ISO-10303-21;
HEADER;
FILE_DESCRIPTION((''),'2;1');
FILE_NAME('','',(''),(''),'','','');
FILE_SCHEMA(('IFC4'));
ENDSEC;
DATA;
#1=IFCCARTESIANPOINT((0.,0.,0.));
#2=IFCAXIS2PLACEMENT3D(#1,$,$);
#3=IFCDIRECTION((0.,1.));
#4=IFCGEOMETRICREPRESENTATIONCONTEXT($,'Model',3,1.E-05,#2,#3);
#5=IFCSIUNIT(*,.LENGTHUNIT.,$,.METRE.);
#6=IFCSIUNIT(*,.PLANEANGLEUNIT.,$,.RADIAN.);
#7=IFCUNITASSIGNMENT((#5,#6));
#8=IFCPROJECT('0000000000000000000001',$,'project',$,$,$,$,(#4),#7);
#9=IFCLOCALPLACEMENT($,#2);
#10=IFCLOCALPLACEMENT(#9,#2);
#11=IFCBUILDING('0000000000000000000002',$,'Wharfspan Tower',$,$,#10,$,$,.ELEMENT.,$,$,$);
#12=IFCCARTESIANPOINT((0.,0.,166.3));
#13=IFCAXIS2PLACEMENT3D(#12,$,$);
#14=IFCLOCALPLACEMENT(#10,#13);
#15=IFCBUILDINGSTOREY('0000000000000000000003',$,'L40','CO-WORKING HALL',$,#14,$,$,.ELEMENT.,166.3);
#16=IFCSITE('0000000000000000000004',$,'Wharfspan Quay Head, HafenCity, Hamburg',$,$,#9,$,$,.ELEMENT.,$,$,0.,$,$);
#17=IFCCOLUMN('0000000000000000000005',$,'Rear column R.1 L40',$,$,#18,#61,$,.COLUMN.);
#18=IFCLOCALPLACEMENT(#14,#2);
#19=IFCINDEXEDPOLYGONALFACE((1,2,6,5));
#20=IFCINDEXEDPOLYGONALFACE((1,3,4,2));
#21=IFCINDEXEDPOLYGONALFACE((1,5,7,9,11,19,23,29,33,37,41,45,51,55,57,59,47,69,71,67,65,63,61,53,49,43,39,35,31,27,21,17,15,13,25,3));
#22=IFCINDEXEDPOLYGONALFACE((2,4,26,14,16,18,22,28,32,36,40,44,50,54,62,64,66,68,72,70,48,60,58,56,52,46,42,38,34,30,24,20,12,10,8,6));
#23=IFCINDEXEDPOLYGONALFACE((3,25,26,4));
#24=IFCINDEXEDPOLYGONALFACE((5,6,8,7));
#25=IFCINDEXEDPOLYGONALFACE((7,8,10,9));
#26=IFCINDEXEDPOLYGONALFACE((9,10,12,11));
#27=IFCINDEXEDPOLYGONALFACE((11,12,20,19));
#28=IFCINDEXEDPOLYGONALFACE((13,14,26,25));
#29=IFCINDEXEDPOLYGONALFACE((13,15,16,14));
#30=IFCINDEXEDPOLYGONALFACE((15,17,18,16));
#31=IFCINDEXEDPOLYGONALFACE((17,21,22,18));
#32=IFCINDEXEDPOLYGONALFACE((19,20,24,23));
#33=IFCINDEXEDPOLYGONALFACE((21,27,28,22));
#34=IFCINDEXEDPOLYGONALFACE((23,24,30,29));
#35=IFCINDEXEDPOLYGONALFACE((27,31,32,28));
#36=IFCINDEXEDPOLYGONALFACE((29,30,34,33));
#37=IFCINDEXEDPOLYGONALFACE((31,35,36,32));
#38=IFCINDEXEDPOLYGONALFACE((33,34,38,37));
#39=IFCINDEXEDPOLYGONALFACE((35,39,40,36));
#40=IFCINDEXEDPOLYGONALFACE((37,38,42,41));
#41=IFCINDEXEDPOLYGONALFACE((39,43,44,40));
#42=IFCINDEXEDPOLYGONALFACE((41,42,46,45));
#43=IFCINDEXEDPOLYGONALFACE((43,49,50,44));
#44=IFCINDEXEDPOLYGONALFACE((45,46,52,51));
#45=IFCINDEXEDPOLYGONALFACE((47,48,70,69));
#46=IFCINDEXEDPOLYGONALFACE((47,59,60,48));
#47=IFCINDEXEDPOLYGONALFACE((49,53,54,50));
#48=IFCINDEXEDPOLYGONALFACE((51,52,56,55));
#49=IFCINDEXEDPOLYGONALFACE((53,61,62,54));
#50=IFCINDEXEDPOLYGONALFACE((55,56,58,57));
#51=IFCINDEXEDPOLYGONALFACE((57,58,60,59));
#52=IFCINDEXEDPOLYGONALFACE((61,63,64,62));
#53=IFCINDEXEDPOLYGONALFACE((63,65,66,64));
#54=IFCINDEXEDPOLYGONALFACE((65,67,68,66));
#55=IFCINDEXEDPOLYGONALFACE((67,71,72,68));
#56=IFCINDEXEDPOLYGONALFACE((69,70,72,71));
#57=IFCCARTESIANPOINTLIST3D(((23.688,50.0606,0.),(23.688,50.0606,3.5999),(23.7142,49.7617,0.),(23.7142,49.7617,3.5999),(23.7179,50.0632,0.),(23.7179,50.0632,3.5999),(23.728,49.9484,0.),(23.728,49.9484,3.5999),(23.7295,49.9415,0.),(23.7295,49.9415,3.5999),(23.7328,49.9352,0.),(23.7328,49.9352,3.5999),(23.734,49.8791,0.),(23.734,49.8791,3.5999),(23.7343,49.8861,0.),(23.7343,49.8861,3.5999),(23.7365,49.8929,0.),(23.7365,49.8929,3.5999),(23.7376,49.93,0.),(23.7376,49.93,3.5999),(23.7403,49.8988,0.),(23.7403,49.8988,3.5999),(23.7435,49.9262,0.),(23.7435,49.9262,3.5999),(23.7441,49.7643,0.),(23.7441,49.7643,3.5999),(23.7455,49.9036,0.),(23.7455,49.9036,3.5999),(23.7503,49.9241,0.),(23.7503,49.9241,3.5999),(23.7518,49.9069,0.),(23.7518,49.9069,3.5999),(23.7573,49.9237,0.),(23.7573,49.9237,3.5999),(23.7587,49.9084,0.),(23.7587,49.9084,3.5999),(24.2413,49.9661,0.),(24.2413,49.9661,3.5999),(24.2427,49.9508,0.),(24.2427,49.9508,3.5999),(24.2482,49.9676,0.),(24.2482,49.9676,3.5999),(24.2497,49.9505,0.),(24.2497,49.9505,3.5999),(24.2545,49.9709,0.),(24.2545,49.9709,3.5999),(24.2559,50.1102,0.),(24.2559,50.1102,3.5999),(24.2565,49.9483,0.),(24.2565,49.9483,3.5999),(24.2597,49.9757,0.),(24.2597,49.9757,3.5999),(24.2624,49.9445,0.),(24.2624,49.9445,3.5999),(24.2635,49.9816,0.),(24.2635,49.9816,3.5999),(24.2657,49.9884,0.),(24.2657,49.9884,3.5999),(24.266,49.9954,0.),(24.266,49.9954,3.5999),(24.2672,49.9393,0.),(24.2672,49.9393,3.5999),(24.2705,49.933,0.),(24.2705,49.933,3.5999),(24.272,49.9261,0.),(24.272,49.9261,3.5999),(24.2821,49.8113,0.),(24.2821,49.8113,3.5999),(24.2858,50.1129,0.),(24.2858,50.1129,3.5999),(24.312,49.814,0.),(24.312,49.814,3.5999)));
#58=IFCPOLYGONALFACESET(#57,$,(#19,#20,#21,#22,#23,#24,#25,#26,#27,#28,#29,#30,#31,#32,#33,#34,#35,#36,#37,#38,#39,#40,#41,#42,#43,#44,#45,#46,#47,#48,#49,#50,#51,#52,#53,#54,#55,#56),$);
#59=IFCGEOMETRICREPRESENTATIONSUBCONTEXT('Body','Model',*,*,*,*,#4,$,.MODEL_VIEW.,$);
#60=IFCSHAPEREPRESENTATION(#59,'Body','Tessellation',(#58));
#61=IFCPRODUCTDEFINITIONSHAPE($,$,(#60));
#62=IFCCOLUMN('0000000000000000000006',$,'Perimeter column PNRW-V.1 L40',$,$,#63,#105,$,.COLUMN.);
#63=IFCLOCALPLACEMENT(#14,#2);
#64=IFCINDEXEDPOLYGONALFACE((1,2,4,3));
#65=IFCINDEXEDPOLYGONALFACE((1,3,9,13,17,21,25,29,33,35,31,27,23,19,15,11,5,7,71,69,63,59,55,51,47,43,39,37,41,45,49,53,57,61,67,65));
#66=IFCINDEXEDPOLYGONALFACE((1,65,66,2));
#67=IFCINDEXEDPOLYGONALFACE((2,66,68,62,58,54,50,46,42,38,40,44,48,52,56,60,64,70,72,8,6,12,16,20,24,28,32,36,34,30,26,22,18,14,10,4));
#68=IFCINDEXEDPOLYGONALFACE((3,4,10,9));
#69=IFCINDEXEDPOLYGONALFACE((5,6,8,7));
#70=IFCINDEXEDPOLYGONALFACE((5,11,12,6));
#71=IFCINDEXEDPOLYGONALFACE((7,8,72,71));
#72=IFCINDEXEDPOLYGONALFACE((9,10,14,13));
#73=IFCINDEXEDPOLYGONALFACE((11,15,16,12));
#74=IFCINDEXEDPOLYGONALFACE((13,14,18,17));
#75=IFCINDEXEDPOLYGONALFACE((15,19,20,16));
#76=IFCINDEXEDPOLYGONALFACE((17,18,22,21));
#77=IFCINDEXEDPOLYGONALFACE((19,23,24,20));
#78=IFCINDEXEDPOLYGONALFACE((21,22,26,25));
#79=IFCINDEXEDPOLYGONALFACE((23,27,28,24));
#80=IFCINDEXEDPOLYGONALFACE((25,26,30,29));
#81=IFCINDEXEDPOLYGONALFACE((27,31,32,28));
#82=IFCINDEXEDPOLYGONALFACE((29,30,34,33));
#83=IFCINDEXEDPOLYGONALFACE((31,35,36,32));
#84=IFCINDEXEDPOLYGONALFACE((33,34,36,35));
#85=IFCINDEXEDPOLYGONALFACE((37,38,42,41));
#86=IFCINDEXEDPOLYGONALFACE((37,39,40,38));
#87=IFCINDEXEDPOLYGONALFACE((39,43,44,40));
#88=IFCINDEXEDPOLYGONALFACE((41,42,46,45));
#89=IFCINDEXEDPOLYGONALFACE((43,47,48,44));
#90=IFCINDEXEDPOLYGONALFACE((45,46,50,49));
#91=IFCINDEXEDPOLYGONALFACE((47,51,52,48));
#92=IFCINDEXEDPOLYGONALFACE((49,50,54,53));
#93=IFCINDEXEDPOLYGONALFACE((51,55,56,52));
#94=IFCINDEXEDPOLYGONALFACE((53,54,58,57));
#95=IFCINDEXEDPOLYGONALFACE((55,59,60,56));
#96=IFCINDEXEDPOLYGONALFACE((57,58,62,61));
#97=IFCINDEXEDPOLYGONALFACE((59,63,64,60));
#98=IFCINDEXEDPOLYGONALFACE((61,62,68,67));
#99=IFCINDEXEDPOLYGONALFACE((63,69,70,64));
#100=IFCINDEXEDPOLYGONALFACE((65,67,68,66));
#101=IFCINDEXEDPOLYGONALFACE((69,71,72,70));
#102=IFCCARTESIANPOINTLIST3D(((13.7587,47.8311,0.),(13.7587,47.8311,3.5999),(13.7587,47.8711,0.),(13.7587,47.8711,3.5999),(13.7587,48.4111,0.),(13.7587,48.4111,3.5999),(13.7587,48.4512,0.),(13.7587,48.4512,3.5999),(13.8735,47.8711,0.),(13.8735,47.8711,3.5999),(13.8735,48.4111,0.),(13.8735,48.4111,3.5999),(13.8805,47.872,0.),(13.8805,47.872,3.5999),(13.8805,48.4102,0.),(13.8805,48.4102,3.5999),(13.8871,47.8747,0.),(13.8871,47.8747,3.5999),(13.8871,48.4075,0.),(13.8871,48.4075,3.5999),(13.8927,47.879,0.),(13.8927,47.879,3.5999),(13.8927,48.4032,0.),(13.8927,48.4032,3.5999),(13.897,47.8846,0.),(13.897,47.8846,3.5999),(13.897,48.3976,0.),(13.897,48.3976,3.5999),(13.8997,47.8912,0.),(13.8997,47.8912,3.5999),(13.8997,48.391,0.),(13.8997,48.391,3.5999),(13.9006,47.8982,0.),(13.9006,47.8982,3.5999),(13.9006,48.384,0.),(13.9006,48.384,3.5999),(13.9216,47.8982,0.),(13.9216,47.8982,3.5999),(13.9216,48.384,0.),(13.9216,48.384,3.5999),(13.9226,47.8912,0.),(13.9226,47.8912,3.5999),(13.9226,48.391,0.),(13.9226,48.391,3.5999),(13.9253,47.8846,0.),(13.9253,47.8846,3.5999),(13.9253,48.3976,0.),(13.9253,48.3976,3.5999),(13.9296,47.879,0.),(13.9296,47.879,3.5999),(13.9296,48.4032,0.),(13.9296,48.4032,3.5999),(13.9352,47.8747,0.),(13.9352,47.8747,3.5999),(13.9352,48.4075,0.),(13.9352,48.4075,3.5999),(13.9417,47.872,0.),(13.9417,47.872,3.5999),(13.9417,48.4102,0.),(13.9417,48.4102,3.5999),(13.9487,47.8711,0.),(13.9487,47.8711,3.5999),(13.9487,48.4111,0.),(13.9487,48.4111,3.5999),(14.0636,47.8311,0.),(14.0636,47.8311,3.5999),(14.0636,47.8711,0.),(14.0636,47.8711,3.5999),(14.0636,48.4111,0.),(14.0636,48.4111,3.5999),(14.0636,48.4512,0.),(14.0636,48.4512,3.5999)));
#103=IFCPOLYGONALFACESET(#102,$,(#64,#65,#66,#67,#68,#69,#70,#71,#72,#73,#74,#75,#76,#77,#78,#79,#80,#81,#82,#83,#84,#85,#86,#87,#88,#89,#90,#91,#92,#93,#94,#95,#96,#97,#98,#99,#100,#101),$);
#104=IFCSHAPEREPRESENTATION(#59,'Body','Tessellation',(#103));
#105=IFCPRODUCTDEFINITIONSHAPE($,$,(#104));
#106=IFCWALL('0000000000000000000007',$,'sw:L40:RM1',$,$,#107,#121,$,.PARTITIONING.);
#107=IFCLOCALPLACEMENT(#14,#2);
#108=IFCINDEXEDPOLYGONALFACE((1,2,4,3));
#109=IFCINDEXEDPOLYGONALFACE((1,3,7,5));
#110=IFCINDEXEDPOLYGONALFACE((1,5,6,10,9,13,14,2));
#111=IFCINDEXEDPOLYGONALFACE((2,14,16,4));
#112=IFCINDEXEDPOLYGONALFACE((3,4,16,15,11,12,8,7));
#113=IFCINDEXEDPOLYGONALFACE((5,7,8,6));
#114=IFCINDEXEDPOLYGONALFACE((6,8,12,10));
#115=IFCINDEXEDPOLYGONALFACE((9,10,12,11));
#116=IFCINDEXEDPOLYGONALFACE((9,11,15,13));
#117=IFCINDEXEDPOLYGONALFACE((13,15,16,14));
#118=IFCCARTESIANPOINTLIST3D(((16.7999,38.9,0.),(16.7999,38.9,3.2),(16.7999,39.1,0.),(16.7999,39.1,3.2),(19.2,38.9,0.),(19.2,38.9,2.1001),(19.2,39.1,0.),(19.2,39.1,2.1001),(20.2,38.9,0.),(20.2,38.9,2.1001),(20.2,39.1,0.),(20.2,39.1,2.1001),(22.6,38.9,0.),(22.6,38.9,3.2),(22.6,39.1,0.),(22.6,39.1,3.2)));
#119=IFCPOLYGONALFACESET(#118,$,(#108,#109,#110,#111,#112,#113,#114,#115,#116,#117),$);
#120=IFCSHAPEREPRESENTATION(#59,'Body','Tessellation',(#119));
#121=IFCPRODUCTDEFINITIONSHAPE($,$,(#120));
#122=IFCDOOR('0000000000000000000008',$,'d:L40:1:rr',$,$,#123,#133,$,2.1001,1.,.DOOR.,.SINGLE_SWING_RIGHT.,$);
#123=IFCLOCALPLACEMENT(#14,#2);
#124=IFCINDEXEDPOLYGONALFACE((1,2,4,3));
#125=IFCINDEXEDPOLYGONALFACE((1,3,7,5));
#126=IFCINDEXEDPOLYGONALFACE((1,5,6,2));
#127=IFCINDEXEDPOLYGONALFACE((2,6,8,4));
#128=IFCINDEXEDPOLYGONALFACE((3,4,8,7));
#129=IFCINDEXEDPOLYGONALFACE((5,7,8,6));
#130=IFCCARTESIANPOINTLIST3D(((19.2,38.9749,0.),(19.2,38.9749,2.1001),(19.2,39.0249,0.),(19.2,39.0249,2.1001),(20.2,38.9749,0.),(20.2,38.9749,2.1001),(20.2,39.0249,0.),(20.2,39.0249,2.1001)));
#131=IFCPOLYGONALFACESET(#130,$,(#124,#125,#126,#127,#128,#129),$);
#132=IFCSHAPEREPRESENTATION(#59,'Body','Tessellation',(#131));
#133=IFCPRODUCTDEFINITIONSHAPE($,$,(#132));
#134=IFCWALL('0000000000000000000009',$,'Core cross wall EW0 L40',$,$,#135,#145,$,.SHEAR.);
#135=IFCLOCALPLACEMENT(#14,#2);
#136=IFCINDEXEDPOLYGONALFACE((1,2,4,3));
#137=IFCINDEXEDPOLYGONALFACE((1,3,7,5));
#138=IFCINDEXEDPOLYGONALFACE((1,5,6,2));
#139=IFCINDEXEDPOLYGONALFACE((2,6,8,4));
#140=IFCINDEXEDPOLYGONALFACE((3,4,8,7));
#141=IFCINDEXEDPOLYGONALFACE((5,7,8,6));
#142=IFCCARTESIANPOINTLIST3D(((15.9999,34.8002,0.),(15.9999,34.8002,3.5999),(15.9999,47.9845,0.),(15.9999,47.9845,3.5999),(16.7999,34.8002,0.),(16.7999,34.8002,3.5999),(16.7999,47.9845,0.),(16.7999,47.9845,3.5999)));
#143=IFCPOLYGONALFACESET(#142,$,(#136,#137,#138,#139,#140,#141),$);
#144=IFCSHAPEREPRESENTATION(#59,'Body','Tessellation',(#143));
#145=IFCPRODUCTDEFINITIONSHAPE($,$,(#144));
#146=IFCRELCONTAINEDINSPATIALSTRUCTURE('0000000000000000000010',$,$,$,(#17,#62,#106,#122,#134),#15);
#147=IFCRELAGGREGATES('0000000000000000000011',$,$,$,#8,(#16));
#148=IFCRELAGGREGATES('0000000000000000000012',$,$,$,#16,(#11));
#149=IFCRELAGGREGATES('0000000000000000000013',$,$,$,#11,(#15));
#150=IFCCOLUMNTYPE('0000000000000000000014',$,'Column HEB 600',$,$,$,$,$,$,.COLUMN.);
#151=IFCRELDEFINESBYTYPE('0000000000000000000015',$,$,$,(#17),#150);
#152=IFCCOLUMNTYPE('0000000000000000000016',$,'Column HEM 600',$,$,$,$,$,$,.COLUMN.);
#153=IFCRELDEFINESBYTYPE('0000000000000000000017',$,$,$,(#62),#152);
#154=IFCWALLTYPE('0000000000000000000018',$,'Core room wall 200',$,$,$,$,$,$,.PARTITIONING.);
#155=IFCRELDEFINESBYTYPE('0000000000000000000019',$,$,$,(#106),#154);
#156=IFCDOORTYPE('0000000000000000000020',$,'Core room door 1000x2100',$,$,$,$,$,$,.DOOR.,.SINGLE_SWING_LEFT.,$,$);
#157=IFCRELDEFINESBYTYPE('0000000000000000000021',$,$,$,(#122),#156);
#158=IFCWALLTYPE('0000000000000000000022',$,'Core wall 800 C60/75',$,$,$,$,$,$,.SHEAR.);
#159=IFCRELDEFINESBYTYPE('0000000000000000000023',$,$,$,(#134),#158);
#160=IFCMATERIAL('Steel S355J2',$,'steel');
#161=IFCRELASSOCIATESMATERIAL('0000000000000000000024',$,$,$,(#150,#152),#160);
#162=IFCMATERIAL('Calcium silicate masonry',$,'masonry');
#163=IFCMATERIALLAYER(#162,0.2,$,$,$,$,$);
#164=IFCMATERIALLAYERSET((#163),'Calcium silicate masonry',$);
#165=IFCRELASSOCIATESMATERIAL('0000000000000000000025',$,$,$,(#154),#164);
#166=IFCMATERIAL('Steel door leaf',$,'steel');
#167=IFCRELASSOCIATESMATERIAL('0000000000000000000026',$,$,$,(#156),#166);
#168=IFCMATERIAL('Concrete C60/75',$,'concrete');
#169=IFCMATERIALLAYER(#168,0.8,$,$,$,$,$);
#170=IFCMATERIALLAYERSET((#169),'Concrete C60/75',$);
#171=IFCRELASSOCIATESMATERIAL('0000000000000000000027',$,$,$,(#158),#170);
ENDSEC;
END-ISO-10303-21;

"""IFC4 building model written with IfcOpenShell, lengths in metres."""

from ifc_helpers import new_model, si_unit, direction, frame, frame_2d, origin, origin_2d, place, context, subcontext, project, spatial, rectangle, i_section, extrude, material, layer, layer_set, material_profile, profile_set, type_object, element, fill, save


model = new_model("IFC4")

# Units and contexts
model_context = context("Model", 3, precision=1e-05, world=origin(), true_north=direction((0.0, 1.0)))
body_context = subcontext(model_context, "Body", "Model", "MODEL_VIEW")
ifc_project = project(units=[si_unit("LENGTHUNIT", "METRE"), si_unit("PLANEANGLEUNIT", "RADIAN")], contexts=[model_context])

# Site, building, storey
site_placement = place(None, origin())
site = spatial("IfcSite", under=ifc_project, at=site_placement, Name="Wharfspan Quay Head, HafenCity, Hamburg", CompositionType="ELEMENT", RefElevation=0.0)
building_placement = place(site_placement, origin())
building = spatial("IfcBuilding", under=site, at=building_placement, Name="Wharfspan Tower", CompositionType="ELEMENT")
storey_placement = place(building_placement, frame((0.0, 0.0, 166.3)))
storey = spatial("IfcBuildingStorey", under=building, at=storey_placement, Name="L40", Description="CO-WORKING HALL", CompositionType="ELEMENT", Elevation=166.3)

# Columns
ifc_material_1 = material(Name="Steel S355J2", Category="steel")
ifc_material_profile_1 = material_profile(ifc_material_1, i_section(OverallWidth=0.3, OverallDepth=0.6001, WebThickness=0.0154, FlangeThickness=0.03, FilletRadius=0.0271, at=origin_2d()))
ifc_profile_set_1 = profile_set([ifc_material_profile_1], Name="Steel S355J2")
column_type_1 = type_object("IfcColumnType", Name="Column HEB 600", PredefinedType="COLUMN", material=ifc_profile_set_1)
column_1_placement = place(storey_placement, frame((24.0, 49.9373, 0.0), z_axis=(0.0, 0.0, 1.0), x_axis=(-0.087156, 0.996198, 0.0)))
element("IfcColumn", 1, at=column_1_placement, inside=storey, type_object=column_type_1, Name="Rear column R.1 L40", PredefinedType="COLUMN", context=body_context, shape_type="SweptSolid", body=[
    extrude(i_section(OverallWidth=0.3, OverallDepth=0.6001, WebThickness=0.0154, FlangeThickness=0.03, FilletRadius=0.0271, at=origin_2d()), origin(), (0.0, 0.0, 1.0), 3.5999),
])
ifc_material_profile_2 = material_profile(ifc_material_1, i_section(OverallWidth=0.3049, OverallDepth=0.6201, WebThickness=0.021, FlangeThickness=0.04, FilletRadius=0.0271, at=origin_2d()))
ifc_profile_set_2 = profile_set([ifc_material_profile_2], Name="Steel S355J2")
column_type_2 = type_object("IfcColumnType", Name="Column HEM 600", PredefinedType="COLUMN", material=ifc_profile_set_2)
column_2_placement = place(storey_placement, frame((13.9111, 48.1411, 0.0), z_axis=(0.0, 0.0, 1.0), x_axis=(-1.0, 0.0, 0.0)))
element("IfcColumn", 2, at=column_2_placement, inside=storey, type_object=column_type_2, Name="Perimeter column PNRW-V.1 L40", PredefinedType="COLUMN", context=body_context, shape_type="SweptSolid", body=[
    extrude(i_section(OverallWidth=0.3049, OverallDepth=0.6201, WebThickness=0.021, FlangeThickness=0.04, FilletRadius=0.0271, at=origin_2d()), origin(), (0.0, 0.0, 1.0), 3.5999),
])

# Wall, opening, door
ifc_material_2 = material(Name="Calcium silicate masonry", Category="masonry")
ifc_layer_1 = layer(ifc_material_2, 0.2)
ifc_layer_set_1 = layer_set([ifc_layer_1], Name="Calcium silicate masonry")
wall_type_1 = type_object("IfcWallType", Name="Core room wall 200", PredefinedType="PARTITIONING", material=ifc_layer_set_1)
wall_1_placement = place(storey_placement, frame((16.8, 39.0, 0.0), z_axis=(0.0, 0.0, 1.0), x_axis=(1.0, 0.0, 0.0)))
wall_1 = element("IfcWall", 3, at=wall_1_placement, inside=storey, type_object=wall_type_1, Name="sw:L40:RM1", PredefinedType="PARTITIONING", context=body_context, shape_type="SweptSolid", body=[
    extrude(rectangle(XDim=5.8, YDim=0.2, at=frame_2d((2.8999, 0.0))), origin(), (0.0, 0.0, 1.0), 3.2),
])
opening_1_placement = place(wall_1_placement, frame((2.3999, 0.0, 0.0)))
opening_1 = element("IfcOpeningElement", 4, at=opening_1_placement, cuts=wall_1, PredefinedType="OPENING", context=body_context, shape_type="SweptSolid", body=[
    extrude(rectangle(XDim=1.0, YDim=2.1001, at=frame_2d((0.5, 1.05))), frame((0.0, 0.1099, 0.0), z_axis=(0.0, -1.0, 0.0), x_axis=(1.0, 0.0, 0.0)), (0.0, 0.0, 1.0), 0.22),
])
ifc_material_3 = material(Name="Steel door leaf", Category="steel")
door_type_1 = type_object("IfcDoorType", Name="Core room door 1000x2100", OperationType="SINGLE_SWING_LEFT", PredefinedType="DOOR", material=ifc_material_3)
door_1_placement = place(opening_1_placement, origin())
door_1 = element("IfcDoor", 5, at=door_1_placement, inside=storey, type_object=door_type_1, Name="d:L40:1:rr", OperationType="SINGLE_SWING_RIGHT", OverallHeight=2.1001, OverallWidth=1.0, PredefinedType="DOOR", context=body_context, shape_type="SweptSolid", body=[
    extrude(rectangle(XDim=1.0, YDim=2.1001, at=frame_2d((0.5, 1.05))), frame((0.0, 0.0249, 0.0), z_axis=(0.0, -1.0, 0.0), x_axis=(1.0, 0.0, 0.0)), (0.0, 0.0, 1.0), 0.05),
])
fill(opening_1, door_1)

# Wall
ifc_material_4 = material(Name="Concrete C60/75", Category="concrete")
ifc_layer_2 = layer(ifc_material_4, 0.8)
ifc_layer_set_2 = layer_set([ifc_layer_2], Name="Concrete C60/75")
wall_type_2 = type_object("IfcWallType", Name="Core wall 800 C60/75", PredefinedType="SHEAR", material=ifc_layer_set_2)
wall_2_placement = place(storey_placement, frame((16.3999, 34.8, 0.0), z_axis=(0.0, 0.0, 1.0), x_axis=(0.0, 1.0, 0.0)))
element("IfcWall", 6, at=wall_2_placement, inside=storey, type_object=wall_type_2, Name="Core cross wall EW0 L40", PredefinedType="SHEAR", context=body_context, shape_type="SweptSolid", body=[
    extrude(rectangle(XDim=13.1843, YDim=0.8, at=frame_2d((6.5923, 0.0))), origin(), (0.0, 0.0, 1.0), 3.5999),
])

save(model, "model.ifc")
